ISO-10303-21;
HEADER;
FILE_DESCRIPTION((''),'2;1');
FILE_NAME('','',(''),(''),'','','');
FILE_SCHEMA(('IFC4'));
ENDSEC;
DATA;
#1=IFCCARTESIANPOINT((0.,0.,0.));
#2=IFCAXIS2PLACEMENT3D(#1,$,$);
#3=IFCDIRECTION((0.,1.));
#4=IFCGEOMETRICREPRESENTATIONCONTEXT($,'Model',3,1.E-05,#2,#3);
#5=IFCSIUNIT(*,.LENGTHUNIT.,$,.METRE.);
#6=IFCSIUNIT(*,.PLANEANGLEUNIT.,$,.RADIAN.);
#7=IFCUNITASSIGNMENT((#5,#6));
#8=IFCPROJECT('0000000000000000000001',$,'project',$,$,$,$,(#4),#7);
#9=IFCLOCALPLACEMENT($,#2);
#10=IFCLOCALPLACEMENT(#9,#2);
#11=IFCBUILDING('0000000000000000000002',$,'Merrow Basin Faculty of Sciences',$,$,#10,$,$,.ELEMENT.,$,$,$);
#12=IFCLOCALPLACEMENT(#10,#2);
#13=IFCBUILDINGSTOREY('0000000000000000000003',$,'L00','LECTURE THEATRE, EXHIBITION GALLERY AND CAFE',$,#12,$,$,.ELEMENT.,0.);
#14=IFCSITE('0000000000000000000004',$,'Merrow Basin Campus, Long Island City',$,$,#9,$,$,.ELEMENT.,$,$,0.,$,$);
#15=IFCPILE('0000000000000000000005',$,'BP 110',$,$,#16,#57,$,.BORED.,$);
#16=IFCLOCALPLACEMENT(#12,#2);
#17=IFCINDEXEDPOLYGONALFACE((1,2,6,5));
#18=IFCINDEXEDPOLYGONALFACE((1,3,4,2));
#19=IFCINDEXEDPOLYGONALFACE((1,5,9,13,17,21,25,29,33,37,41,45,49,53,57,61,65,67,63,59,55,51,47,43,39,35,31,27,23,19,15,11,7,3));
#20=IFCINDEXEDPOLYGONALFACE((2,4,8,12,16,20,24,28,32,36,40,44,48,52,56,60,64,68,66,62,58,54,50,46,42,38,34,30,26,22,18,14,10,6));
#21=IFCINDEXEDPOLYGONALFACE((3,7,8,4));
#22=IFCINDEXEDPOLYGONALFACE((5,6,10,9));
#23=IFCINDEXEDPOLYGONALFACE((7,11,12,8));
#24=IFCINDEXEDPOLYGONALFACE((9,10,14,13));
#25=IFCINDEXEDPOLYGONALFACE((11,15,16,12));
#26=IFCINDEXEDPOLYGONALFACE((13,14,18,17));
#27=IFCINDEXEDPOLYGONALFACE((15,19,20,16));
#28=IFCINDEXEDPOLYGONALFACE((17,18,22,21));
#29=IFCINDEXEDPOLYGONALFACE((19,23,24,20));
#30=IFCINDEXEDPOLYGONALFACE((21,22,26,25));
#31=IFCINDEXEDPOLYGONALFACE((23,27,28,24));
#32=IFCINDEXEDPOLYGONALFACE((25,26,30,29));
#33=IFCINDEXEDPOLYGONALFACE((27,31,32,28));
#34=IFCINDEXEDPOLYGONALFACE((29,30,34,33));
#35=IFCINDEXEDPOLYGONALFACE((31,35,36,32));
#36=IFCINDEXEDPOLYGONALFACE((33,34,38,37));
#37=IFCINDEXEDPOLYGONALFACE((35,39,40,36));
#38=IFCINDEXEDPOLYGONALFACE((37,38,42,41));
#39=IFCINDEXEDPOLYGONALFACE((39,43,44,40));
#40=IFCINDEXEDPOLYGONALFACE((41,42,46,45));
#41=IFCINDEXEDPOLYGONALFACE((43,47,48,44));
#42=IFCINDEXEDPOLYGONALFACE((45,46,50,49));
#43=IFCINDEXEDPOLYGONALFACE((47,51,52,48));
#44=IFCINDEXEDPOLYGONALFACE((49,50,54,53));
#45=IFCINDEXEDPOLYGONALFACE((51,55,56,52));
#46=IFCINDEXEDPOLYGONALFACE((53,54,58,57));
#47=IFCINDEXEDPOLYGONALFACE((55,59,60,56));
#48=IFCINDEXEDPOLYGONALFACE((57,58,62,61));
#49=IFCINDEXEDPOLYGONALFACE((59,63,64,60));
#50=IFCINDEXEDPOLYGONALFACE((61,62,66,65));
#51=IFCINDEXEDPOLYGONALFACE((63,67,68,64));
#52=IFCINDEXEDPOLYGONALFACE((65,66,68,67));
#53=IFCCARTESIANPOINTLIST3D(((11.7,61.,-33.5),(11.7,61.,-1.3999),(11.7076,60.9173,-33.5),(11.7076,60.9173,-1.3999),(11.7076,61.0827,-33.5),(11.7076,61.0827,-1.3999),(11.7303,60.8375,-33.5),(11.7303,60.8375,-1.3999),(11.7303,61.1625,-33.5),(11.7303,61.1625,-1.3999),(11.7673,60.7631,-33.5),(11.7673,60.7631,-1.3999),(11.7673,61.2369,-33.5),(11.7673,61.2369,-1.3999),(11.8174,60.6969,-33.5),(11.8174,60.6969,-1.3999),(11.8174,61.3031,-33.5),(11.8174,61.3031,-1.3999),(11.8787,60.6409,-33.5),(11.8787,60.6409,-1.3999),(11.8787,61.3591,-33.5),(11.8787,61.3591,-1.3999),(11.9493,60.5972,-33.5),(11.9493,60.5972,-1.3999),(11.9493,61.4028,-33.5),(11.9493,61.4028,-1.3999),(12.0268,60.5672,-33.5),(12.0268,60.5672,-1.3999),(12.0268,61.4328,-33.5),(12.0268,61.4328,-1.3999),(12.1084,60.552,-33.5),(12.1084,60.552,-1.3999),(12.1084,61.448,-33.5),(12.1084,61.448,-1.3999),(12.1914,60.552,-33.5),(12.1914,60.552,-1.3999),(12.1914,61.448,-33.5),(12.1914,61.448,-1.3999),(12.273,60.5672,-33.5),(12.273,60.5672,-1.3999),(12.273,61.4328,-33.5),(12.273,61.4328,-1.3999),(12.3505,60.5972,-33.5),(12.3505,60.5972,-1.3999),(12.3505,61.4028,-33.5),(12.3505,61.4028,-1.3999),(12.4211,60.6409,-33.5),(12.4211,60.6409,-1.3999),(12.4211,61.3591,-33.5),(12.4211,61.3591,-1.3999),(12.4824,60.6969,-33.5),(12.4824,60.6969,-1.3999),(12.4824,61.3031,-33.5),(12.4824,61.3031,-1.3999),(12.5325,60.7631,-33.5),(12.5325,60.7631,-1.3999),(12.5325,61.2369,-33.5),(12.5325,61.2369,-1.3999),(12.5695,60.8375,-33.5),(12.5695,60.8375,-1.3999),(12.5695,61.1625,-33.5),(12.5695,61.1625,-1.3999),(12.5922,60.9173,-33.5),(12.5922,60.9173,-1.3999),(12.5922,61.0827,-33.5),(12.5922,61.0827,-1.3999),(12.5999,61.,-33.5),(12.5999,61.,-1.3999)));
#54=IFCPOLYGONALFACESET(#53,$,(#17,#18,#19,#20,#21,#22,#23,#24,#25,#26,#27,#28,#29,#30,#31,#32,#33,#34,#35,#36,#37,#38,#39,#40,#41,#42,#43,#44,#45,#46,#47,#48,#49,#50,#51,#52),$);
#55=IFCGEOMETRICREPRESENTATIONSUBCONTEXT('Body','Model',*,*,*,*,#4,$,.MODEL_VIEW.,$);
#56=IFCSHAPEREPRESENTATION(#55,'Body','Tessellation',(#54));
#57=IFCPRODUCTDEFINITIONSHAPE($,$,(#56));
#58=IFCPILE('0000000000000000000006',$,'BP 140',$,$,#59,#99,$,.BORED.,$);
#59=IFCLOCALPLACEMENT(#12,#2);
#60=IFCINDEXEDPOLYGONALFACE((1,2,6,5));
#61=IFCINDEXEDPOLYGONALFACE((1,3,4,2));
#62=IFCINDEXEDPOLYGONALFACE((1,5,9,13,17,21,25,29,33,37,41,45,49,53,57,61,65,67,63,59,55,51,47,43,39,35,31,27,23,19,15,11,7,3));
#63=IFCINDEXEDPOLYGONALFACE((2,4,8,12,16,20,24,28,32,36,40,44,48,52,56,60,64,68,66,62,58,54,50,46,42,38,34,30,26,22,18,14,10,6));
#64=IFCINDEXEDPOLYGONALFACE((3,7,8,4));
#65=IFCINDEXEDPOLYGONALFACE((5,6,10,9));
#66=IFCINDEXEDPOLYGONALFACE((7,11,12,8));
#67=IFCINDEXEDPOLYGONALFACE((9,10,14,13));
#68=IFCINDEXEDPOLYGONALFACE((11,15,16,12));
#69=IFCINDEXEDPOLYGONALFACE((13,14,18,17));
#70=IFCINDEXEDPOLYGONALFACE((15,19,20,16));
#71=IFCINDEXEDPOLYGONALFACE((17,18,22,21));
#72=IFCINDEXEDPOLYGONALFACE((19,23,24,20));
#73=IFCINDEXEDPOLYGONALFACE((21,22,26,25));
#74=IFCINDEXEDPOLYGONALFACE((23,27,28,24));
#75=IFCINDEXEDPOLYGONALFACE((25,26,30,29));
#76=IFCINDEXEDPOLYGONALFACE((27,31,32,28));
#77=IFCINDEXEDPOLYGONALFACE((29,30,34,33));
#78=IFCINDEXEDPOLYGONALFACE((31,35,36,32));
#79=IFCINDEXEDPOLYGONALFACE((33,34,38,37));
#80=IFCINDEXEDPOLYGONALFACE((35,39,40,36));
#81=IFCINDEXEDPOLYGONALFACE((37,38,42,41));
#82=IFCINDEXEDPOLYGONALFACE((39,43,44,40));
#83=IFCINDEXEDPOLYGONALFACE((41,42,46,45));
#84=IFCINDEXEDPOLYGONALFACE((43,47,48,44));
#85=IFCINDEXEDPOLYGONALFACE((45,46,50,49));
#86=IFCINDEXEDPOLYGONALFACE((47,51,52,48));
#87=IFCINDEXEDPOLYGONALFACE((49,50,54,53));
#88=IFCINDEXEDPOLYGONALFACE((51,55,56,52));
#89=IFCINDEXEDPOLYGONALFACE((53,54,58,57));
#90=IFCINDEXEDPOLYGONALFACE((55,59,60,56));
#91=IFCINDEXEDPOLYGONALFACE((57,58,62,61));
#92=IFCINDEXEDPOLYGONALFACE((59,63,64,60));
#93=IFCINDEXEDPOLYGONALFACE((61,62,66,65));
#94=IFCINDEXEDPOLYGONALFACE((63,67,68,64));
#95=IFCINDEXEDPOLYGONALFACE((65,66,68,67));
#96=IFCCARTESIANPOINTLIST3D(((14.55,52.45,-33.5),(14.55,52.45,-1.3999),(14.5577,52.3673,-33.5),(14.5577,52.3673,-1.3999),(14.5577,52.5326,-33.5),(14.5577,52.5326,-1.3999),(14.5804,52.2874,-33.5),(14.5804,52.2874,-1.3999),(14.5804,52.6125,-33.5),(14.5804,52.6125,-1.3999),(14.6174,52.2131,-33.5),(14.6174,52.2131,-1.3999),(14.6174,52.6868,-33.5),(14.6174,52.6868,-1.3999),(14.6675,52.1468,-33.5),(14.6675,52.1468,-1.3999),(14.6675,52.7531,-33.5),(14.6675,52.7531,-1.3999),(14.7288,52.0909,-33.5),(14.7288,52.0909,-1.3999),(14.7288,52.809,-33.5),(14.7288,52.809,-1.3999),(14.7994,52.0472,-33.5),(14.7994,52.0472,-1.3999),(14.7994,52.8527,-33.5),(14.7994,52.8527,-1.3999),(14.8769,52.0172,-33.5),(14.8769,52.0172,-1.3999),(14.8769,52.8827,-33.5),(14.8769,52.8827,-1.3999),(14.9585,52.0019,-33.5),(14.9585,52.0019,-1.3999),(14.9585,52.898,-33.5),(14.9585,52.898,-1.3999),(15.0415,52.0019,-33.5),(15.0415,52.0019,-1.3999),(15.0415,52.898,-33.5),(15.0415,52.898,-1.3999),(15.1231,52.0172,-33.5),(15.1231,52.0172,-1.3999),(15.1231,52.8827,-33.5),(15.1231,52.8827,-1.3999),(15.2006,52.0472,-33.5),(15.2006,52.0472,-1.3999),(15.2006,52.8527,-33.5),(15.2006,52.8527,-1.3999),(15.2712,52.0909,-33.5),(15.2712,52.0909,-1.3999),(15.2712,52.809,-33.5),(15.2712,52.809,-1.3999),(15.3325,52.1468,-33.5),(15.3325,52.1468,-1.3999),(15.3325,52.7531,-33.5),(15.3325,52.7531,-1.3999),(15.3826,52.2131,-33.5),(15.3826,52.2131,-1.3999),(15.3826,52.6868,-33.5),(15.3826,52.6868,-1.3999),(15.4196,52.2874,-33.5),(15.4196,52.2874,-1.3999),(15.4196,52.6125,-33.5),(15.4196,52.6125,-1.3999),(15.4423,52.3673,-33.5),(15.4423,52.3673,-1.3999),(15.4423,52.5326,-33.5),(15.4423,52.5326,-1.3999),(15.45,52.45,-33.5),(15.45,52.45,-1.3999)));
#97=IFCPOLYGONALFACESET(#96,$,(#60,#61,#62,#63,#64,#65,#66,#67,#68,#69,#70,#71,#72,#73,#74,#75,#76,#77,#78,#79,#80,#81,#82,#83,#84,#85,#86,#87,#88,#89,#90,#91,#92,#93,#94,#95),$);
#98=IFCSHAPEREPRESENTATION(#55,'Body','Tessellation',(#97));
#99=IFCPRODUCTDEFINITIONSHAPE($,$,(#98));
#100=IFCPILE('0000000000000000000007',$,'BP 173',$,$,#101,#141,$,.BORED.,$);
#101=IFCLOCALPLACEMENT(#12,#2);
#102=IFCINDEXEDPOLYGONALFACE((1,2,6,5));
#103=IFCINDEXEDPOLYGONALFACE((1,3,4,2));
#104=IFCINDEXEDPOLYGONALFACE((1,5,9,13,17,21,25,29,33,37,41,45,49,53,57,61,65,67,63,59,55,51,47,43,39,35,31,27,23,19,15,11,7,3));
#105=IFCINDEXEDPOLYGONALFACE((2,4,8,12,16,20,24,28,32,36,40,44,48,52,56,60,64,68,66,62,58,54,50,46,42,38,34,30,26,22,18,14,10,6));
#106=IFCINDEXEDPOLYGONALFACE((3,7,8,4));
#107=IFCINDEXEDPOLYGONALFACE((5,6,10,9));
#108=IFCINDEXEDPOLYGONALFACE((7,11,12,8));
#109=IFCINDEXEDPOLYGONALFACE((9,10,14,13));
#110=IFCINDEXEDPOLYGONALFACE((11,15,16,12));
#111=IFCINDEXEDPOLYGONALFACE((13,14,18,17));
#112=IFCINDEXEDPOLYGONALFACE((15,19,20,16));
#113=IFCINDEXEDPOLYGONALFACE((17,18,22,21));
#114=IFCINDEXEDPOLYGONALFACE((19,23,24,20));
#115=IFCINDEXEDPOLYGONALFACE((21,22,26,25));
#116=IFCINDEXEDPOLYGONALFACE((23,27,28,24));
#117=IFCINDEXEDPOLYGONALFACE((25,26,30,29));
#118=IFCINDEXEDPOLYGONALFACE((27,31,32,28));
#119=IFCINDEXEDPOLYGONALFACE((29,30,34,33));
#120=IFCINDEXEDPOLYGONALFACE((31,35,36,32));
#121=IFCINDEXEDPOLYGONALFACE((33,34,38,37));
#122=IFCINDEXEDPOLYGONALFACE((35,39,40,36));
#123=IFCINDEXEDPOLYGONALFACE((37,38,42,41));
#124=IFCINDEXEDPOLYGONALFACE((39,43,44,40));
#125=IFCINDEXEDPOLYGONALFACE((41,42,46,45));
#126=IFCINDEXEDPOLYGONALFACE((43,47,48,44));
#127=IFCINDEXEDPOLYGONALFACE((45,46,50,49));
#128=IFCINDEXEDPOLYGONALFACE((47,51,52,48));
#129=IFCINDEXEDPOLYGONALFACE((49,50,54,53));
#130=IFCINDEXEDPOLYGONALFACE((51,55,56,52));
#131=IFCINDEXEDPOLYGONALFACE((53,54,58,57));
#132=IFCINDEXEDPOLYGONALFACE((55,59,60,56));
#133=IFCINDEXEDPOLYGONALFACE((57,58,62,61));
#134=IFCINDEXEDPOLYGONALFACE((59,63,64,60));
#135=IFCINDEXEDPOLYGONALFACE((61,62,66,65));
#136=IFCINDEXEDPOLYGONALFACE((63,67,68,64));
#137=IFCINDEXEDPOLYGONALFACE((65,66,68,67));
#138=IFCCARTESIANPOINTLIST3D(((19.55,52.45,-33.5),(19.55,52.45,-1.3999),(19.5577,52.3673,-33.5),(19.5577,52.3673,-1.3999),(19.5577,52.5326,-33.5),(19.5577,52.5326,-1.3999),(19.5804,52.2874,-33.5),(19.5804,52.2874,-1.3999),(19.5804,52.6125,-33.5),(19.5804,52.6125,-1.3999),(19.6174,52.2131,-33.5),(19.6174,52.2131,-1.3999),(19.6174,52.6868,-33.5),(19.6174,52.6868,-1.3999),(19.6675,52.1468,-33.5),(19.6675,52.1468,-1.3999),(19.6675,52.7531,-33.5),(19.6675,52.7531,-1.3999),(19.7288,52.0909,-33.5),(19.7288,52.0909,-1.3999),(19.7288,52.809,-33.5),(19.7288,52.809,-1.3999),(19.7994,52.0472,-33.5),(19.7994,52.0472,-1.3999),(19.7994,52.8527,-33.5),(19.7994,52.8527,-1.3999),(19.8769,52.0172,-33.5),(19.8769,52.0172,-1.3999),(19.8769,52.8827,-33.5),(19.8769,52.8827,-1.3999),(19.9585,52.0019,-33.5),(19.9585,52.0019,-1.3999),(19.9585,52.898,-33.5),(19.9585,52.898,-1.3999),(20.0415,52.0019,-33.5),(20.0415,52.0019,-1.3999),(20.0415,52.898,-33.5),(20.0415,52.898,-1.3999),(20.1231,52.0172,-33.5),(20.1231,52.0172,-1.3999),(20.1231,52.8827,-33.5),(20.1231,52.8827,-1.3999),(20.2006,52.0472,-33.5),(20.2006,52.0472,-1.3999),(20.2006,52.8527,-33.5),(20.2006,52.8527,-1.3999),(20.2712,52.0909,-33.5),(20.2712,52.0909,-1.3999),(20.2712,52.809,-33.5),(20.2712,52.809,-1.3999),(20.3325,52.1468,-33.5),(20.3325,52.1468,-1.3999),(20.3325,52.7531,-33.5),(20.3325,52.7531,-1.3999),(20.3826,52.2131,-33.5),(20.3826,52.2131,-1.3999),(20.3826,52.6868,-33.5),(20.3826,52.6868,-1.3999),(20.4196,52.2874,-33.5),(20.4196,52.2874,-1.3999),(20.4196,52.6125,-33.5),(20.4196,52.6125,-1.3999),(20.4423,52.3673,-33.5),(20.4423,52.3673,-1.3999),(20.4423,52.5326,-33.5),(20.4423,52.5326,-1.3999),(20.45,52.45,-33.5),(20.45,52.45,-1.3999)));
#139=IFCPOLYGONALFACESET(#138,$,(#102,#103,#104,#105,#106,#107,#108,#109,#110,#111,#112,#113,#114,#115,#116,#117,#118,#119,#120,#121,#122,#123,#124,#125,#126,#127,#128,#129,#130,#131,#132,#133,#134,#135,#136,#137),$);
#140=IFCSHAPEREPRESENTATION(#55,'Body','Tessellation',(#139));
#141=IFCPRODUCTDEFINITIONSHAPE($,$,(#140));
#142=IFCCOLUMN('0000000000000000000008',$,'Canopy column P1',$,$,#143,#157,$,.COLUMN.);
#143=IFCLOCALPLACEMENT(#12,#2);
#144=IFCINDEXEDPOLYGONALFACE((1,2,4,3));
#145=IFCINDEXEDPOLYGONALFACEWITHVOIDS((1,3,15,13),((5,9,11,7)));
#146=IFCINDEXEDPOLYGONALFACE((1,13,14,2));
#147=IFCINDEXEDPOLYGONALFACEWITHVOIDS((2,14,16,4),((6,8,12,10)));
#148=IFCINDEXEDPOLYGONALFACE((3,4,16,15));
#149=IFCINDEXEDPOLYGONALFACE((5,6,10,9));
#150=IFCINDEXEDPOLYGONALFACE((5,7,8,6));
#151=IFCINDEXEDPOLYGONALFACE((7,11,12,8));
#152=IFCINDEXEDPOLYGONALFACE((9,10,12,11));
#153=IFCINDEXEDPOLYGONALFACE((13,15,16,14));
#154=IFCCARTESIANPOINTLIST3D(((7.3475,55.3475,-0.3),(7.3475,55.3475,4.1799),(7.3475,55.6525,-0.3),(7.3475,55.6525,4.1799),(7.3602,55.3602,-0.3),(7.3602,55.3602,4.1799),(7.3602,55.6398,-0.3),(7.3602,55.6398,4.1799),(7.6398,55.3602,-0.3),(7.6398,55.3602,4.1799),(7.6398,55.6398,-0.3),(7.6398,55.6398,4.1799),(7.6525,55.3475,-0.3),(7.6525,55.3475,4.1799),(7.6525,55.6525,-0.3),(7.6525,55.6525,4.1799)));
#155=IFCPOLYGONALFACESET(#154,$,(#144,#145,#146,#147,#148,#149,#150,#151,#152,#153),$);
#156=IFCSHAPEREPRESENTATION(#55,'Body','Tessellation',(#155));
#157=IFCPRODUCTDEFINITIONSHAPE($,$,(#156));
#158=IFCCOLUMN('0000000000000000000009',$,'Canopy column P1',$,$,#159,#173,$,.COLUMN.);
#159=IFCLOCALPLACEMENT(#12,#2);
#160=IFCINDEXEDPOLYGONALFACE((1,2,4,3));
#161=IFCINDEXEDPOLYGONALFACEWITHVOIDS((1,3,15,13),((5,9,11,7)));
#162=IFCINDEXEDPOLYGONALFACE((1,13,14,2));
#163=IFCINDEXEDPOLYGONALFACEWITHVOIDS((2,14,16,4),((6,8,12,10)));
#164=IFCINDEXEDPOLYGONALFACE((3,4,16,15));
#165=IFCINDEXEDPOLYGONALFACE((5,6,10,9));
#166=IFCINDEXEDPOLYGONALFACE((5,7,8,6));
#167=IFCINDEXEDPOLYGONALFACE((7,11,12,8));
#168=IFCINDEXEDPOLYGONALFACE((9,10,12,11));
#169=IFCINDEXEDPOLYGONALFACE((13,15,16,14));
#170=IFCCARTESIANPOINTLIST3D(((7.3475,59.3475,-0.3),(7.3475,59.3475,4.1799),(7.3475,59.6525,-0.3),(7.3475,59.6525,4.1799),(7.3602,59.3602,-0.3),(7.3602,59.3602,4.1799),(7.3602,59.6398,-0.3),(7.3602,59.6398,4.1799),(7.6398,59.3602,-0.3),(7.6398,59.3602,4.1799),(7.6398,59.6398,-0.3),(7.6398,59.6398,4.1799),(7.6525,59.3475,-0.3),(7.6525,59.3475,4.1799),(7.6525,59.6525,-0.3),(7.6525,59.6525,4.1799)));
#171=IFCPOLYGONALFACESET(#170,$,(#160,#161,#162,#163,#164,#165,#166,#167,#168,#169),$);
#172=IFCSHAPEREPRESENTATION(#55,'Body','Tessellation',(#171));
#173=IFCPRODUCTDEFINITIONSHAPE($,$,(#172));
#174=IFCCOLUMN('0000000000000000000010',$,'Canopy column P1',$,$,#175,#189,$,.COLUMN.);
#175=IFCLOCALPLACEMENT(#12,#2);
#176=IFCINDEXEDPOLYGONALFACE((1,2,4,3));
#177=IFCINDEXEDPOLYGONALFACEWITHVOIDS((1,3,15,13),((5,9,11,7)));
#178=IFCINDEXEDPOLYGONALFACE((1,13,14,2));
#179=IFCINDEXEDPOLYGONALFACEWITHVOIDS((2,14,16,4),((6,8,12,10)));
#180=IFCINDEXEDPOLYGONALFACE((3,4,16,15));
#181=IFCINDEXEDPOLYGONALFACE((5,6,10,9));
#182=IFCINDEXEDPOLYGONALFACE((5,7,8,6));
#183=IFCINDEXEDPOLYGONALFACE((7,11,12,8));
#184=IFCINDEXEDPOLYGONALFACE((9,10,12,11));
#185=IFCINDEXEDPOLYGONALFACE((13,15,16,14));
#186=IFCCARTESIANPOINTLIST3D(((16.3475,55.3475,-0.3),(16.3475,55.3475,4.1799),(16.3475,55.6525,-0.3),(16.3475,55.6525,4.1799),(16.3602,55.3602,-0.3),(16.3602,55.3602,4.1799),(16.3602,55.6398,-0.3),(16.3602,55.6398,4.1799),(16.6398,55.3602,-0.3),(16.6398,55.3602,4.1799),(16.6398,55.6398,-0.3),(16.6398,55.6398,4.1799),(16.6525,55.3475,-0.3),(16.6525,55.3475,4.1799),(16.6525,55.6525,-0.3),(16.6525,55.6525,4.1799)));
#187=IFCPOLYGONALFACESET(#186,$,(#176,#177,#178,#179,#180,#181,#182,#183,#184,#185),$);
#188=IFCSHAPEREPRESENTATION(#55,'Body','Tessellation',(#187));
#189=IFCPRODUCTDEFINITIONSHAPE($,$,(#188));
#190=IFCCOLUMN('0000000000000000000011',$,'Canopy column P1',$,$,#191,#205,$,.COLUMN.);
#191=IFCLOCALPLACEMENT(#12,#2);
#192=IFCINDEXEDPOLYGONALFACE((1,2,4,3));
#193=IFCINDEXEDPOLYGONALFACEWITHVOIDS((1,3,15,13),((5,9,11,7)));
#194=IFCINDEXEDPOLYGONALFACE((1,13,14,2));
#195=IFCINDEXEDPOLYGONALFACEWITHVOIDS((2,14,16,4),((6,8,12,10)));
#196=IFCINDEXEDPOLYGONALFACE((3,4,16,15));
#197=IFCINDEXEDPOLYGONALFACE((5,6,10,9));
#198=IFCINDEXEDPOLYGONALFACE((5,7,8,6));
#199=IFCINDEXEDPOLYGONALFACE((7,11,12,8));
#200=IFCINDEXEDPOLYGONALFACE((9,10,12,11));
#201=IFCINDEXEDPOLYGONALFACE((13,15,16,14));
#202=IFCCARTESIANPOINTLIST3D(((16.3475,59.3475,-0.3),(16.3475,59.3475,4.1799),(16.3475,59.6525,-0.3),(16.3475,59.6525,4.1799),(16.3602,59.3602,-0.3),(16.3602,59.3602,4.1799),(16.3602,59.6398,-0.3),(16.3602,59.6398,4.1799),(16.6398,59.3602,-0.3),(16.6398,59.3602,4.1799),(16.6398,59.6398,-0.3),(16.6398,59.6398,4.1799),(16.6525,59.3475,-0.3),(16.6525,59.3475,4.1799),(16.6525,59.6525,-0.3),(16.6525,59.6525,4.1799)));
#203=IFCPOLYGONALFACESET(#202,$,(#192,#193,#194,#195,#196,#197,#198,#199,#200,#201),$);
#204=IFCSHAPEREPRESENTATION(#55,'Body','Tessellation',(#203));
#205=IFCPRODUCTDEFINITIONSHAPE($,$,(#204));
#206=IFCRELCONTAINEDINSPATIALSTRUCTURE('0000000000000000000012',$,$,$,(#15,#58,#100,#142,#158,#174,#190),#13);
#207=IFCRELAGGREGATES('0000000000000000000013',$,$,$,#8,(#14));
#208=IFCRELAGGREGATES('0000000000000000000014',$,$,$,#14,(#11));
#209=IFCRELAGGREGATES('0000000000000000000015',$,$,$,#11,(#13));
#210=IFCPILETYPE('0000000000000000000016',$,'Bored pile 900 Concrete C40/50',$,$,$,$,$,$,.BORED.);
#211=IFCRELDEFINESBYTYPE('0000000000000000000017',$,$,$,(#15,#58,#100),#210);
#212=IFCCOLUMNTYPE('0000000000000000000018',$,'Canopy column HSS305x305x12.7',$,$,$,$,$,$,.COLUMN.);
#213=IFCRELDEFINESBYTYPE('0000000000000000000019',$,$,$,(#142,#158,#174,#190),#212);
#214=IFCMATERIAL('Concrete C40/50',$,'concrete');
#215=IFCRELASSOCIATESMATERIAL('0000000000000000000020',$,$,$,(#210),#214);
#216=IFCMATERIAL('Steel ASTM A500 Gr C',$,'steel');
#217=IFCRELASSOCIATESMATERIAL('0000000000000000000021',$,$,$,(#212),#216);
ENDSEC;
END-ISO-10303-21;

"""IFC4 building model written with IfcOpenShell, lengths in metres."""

from ifc_helpers import new_model, si_unit, direction, frame, origin, origin_2d, place, context, subcontext, project, spatial, hollow_rectangle, circle, extrude, material, material_profile, profile_set, type_object, element, save


model = new_model("IFC4")

# Units and contexts
model_context = context("Model", 3, precision=1e-05, world=origin(), true_north=direction((0.0, 1.0)))
body_context = subcontext(model_context, "Body", "Model", "MODEL_VIEW")
ifc_project = project(units=[si_unit("LENGTHUNIT", "METRE"), si_unit("PLANEANGLEUNIT", "RADIAN")], contexts=[model_context])

# Site, building, storey
site_placement = place(None, origin())
site = spatial("IfcSite", under=ifc_project, at=site_placement, Name="Merrow Basin Campus, Long Island City", CompositionType="ELEMENT", RefElevation=0.0)
building_placement = place(site_placement, origin())
building = spatial("IfcBuilding", under=site, at=building_placement, Name="Merrow Basin Faculty of Sciences", CompositionType="ELEMENT")
storey_placement = place(building_placement, origin())
storey = spatial("IfcBuildingStorey", under=building, at=storey_placement, Name="L00", Description="LECTURE THEATRE, EXHIBITION GALLERY AND CAFE", CompositionType="ELEMENT", Elevation=0.0)

# Piles
ifc_material_1 = material(Name="Concrete C40/50", Category="concrete")
ifc_material_profile_1 = material_profile(ifc_material_1, circle(Radius=0.45, at=origin_2d()))
ifc_profile_set_1 = profile_set([ifc_material_profile_1], Name="Concrete C40/50")
pile_type_1 = type_object("IfcPileType", Name="Bored pile 900 Concrete C40/50", PredefinedType="BORED", material=ifc_profile_set_1)
for number, where, z_axis, x_axis, name in (
    (1, (12.1499, 61.0, -1.3999), (0.0, 0.0, -1.0), (1.0, 0.0, 0.0), "BP 110"),
    (2, (15.0, 52.45, -1.3999), (0.0, 0.0, -1.0), (1.0, 0.0, 0.0), "BP 140"),
    (3, (20.0, 52.45, -1.3999), (0.0, 0.0, -1.0), (1.0, 0.0, 0.0), "BP 173"),
):
    element("IfcPile", number, at=place(storey_placement, frame(where, z_axis=z_axis, x_axis=x_axis)), inside=storey, type_object=pile_type_1, Name=name, PredefinedType="BORED", context=body_context, shape_type="SweptSolid", body=[
        extrude(circle(Radius=0.45, at=origin_2d()), origin(), (0.0, 0.0, 1.0), 32.1001),
    ])

# Columns
ifc_material_2 = material(Name="Steel ASTM A500 Gr C", Category="steel")
ifc_material_profile_2 = material_profile(ifc_material_2, hollow_rectangle(XDim=0.3049, YDim=0.3049, WallThickness=0.0127, at=origin_2d()))
ifc_profile_set_2 = profile_set([ifc_material_profile_2], Name="Steel ASTM A500 Gr C")
column_type_1 = type_object("IfcColumnType", Name="Canopy column HSS305x305x12.7", PredefinedType="COLUMN", material=ifc_profile_set_2)
for number, where, z_axis, x_axis, name in (
    (4, (7.5, 55.5, -0.3), (0.0, 0.0, 1.0), (1.0, 0.0, 0.0), "Canopy column P1"),
    (5, (7.5, 59.5, -0.3), (0.0, 0.0, 1.0), (1.0, 0.0, 0.0), "Canopy column P1"),
    (6, (16.5, 55.5, -0.3), (0.0, 0.0, 1.0), (1.0, 0.0, 0.0), "Canopy column P1"),
    (7, (16.5, 59.5, -0.3), (0.0, 0.0, 1.0), (1.0, 0.0, 0.0), "Canopy column P1"),
):
    element("IfcColumn", number, at=place(storey_placement, frame(where, z_axis=z_axis, x_axis=x_axis)), inside=storey, type_object=column_type_1, Name=name, PredefinedType="COLUMN", context=body_context, shape_type="SweptSolid", body=[
        extrude(hollow_rectangle(XDim=0.3049, YDim=0.3049, WallThickness=0.0127, at=origin_2d()), origin(), (0.0, 0.0, 1.0), 4.48),
    ])

save(model, "model.ifc")
